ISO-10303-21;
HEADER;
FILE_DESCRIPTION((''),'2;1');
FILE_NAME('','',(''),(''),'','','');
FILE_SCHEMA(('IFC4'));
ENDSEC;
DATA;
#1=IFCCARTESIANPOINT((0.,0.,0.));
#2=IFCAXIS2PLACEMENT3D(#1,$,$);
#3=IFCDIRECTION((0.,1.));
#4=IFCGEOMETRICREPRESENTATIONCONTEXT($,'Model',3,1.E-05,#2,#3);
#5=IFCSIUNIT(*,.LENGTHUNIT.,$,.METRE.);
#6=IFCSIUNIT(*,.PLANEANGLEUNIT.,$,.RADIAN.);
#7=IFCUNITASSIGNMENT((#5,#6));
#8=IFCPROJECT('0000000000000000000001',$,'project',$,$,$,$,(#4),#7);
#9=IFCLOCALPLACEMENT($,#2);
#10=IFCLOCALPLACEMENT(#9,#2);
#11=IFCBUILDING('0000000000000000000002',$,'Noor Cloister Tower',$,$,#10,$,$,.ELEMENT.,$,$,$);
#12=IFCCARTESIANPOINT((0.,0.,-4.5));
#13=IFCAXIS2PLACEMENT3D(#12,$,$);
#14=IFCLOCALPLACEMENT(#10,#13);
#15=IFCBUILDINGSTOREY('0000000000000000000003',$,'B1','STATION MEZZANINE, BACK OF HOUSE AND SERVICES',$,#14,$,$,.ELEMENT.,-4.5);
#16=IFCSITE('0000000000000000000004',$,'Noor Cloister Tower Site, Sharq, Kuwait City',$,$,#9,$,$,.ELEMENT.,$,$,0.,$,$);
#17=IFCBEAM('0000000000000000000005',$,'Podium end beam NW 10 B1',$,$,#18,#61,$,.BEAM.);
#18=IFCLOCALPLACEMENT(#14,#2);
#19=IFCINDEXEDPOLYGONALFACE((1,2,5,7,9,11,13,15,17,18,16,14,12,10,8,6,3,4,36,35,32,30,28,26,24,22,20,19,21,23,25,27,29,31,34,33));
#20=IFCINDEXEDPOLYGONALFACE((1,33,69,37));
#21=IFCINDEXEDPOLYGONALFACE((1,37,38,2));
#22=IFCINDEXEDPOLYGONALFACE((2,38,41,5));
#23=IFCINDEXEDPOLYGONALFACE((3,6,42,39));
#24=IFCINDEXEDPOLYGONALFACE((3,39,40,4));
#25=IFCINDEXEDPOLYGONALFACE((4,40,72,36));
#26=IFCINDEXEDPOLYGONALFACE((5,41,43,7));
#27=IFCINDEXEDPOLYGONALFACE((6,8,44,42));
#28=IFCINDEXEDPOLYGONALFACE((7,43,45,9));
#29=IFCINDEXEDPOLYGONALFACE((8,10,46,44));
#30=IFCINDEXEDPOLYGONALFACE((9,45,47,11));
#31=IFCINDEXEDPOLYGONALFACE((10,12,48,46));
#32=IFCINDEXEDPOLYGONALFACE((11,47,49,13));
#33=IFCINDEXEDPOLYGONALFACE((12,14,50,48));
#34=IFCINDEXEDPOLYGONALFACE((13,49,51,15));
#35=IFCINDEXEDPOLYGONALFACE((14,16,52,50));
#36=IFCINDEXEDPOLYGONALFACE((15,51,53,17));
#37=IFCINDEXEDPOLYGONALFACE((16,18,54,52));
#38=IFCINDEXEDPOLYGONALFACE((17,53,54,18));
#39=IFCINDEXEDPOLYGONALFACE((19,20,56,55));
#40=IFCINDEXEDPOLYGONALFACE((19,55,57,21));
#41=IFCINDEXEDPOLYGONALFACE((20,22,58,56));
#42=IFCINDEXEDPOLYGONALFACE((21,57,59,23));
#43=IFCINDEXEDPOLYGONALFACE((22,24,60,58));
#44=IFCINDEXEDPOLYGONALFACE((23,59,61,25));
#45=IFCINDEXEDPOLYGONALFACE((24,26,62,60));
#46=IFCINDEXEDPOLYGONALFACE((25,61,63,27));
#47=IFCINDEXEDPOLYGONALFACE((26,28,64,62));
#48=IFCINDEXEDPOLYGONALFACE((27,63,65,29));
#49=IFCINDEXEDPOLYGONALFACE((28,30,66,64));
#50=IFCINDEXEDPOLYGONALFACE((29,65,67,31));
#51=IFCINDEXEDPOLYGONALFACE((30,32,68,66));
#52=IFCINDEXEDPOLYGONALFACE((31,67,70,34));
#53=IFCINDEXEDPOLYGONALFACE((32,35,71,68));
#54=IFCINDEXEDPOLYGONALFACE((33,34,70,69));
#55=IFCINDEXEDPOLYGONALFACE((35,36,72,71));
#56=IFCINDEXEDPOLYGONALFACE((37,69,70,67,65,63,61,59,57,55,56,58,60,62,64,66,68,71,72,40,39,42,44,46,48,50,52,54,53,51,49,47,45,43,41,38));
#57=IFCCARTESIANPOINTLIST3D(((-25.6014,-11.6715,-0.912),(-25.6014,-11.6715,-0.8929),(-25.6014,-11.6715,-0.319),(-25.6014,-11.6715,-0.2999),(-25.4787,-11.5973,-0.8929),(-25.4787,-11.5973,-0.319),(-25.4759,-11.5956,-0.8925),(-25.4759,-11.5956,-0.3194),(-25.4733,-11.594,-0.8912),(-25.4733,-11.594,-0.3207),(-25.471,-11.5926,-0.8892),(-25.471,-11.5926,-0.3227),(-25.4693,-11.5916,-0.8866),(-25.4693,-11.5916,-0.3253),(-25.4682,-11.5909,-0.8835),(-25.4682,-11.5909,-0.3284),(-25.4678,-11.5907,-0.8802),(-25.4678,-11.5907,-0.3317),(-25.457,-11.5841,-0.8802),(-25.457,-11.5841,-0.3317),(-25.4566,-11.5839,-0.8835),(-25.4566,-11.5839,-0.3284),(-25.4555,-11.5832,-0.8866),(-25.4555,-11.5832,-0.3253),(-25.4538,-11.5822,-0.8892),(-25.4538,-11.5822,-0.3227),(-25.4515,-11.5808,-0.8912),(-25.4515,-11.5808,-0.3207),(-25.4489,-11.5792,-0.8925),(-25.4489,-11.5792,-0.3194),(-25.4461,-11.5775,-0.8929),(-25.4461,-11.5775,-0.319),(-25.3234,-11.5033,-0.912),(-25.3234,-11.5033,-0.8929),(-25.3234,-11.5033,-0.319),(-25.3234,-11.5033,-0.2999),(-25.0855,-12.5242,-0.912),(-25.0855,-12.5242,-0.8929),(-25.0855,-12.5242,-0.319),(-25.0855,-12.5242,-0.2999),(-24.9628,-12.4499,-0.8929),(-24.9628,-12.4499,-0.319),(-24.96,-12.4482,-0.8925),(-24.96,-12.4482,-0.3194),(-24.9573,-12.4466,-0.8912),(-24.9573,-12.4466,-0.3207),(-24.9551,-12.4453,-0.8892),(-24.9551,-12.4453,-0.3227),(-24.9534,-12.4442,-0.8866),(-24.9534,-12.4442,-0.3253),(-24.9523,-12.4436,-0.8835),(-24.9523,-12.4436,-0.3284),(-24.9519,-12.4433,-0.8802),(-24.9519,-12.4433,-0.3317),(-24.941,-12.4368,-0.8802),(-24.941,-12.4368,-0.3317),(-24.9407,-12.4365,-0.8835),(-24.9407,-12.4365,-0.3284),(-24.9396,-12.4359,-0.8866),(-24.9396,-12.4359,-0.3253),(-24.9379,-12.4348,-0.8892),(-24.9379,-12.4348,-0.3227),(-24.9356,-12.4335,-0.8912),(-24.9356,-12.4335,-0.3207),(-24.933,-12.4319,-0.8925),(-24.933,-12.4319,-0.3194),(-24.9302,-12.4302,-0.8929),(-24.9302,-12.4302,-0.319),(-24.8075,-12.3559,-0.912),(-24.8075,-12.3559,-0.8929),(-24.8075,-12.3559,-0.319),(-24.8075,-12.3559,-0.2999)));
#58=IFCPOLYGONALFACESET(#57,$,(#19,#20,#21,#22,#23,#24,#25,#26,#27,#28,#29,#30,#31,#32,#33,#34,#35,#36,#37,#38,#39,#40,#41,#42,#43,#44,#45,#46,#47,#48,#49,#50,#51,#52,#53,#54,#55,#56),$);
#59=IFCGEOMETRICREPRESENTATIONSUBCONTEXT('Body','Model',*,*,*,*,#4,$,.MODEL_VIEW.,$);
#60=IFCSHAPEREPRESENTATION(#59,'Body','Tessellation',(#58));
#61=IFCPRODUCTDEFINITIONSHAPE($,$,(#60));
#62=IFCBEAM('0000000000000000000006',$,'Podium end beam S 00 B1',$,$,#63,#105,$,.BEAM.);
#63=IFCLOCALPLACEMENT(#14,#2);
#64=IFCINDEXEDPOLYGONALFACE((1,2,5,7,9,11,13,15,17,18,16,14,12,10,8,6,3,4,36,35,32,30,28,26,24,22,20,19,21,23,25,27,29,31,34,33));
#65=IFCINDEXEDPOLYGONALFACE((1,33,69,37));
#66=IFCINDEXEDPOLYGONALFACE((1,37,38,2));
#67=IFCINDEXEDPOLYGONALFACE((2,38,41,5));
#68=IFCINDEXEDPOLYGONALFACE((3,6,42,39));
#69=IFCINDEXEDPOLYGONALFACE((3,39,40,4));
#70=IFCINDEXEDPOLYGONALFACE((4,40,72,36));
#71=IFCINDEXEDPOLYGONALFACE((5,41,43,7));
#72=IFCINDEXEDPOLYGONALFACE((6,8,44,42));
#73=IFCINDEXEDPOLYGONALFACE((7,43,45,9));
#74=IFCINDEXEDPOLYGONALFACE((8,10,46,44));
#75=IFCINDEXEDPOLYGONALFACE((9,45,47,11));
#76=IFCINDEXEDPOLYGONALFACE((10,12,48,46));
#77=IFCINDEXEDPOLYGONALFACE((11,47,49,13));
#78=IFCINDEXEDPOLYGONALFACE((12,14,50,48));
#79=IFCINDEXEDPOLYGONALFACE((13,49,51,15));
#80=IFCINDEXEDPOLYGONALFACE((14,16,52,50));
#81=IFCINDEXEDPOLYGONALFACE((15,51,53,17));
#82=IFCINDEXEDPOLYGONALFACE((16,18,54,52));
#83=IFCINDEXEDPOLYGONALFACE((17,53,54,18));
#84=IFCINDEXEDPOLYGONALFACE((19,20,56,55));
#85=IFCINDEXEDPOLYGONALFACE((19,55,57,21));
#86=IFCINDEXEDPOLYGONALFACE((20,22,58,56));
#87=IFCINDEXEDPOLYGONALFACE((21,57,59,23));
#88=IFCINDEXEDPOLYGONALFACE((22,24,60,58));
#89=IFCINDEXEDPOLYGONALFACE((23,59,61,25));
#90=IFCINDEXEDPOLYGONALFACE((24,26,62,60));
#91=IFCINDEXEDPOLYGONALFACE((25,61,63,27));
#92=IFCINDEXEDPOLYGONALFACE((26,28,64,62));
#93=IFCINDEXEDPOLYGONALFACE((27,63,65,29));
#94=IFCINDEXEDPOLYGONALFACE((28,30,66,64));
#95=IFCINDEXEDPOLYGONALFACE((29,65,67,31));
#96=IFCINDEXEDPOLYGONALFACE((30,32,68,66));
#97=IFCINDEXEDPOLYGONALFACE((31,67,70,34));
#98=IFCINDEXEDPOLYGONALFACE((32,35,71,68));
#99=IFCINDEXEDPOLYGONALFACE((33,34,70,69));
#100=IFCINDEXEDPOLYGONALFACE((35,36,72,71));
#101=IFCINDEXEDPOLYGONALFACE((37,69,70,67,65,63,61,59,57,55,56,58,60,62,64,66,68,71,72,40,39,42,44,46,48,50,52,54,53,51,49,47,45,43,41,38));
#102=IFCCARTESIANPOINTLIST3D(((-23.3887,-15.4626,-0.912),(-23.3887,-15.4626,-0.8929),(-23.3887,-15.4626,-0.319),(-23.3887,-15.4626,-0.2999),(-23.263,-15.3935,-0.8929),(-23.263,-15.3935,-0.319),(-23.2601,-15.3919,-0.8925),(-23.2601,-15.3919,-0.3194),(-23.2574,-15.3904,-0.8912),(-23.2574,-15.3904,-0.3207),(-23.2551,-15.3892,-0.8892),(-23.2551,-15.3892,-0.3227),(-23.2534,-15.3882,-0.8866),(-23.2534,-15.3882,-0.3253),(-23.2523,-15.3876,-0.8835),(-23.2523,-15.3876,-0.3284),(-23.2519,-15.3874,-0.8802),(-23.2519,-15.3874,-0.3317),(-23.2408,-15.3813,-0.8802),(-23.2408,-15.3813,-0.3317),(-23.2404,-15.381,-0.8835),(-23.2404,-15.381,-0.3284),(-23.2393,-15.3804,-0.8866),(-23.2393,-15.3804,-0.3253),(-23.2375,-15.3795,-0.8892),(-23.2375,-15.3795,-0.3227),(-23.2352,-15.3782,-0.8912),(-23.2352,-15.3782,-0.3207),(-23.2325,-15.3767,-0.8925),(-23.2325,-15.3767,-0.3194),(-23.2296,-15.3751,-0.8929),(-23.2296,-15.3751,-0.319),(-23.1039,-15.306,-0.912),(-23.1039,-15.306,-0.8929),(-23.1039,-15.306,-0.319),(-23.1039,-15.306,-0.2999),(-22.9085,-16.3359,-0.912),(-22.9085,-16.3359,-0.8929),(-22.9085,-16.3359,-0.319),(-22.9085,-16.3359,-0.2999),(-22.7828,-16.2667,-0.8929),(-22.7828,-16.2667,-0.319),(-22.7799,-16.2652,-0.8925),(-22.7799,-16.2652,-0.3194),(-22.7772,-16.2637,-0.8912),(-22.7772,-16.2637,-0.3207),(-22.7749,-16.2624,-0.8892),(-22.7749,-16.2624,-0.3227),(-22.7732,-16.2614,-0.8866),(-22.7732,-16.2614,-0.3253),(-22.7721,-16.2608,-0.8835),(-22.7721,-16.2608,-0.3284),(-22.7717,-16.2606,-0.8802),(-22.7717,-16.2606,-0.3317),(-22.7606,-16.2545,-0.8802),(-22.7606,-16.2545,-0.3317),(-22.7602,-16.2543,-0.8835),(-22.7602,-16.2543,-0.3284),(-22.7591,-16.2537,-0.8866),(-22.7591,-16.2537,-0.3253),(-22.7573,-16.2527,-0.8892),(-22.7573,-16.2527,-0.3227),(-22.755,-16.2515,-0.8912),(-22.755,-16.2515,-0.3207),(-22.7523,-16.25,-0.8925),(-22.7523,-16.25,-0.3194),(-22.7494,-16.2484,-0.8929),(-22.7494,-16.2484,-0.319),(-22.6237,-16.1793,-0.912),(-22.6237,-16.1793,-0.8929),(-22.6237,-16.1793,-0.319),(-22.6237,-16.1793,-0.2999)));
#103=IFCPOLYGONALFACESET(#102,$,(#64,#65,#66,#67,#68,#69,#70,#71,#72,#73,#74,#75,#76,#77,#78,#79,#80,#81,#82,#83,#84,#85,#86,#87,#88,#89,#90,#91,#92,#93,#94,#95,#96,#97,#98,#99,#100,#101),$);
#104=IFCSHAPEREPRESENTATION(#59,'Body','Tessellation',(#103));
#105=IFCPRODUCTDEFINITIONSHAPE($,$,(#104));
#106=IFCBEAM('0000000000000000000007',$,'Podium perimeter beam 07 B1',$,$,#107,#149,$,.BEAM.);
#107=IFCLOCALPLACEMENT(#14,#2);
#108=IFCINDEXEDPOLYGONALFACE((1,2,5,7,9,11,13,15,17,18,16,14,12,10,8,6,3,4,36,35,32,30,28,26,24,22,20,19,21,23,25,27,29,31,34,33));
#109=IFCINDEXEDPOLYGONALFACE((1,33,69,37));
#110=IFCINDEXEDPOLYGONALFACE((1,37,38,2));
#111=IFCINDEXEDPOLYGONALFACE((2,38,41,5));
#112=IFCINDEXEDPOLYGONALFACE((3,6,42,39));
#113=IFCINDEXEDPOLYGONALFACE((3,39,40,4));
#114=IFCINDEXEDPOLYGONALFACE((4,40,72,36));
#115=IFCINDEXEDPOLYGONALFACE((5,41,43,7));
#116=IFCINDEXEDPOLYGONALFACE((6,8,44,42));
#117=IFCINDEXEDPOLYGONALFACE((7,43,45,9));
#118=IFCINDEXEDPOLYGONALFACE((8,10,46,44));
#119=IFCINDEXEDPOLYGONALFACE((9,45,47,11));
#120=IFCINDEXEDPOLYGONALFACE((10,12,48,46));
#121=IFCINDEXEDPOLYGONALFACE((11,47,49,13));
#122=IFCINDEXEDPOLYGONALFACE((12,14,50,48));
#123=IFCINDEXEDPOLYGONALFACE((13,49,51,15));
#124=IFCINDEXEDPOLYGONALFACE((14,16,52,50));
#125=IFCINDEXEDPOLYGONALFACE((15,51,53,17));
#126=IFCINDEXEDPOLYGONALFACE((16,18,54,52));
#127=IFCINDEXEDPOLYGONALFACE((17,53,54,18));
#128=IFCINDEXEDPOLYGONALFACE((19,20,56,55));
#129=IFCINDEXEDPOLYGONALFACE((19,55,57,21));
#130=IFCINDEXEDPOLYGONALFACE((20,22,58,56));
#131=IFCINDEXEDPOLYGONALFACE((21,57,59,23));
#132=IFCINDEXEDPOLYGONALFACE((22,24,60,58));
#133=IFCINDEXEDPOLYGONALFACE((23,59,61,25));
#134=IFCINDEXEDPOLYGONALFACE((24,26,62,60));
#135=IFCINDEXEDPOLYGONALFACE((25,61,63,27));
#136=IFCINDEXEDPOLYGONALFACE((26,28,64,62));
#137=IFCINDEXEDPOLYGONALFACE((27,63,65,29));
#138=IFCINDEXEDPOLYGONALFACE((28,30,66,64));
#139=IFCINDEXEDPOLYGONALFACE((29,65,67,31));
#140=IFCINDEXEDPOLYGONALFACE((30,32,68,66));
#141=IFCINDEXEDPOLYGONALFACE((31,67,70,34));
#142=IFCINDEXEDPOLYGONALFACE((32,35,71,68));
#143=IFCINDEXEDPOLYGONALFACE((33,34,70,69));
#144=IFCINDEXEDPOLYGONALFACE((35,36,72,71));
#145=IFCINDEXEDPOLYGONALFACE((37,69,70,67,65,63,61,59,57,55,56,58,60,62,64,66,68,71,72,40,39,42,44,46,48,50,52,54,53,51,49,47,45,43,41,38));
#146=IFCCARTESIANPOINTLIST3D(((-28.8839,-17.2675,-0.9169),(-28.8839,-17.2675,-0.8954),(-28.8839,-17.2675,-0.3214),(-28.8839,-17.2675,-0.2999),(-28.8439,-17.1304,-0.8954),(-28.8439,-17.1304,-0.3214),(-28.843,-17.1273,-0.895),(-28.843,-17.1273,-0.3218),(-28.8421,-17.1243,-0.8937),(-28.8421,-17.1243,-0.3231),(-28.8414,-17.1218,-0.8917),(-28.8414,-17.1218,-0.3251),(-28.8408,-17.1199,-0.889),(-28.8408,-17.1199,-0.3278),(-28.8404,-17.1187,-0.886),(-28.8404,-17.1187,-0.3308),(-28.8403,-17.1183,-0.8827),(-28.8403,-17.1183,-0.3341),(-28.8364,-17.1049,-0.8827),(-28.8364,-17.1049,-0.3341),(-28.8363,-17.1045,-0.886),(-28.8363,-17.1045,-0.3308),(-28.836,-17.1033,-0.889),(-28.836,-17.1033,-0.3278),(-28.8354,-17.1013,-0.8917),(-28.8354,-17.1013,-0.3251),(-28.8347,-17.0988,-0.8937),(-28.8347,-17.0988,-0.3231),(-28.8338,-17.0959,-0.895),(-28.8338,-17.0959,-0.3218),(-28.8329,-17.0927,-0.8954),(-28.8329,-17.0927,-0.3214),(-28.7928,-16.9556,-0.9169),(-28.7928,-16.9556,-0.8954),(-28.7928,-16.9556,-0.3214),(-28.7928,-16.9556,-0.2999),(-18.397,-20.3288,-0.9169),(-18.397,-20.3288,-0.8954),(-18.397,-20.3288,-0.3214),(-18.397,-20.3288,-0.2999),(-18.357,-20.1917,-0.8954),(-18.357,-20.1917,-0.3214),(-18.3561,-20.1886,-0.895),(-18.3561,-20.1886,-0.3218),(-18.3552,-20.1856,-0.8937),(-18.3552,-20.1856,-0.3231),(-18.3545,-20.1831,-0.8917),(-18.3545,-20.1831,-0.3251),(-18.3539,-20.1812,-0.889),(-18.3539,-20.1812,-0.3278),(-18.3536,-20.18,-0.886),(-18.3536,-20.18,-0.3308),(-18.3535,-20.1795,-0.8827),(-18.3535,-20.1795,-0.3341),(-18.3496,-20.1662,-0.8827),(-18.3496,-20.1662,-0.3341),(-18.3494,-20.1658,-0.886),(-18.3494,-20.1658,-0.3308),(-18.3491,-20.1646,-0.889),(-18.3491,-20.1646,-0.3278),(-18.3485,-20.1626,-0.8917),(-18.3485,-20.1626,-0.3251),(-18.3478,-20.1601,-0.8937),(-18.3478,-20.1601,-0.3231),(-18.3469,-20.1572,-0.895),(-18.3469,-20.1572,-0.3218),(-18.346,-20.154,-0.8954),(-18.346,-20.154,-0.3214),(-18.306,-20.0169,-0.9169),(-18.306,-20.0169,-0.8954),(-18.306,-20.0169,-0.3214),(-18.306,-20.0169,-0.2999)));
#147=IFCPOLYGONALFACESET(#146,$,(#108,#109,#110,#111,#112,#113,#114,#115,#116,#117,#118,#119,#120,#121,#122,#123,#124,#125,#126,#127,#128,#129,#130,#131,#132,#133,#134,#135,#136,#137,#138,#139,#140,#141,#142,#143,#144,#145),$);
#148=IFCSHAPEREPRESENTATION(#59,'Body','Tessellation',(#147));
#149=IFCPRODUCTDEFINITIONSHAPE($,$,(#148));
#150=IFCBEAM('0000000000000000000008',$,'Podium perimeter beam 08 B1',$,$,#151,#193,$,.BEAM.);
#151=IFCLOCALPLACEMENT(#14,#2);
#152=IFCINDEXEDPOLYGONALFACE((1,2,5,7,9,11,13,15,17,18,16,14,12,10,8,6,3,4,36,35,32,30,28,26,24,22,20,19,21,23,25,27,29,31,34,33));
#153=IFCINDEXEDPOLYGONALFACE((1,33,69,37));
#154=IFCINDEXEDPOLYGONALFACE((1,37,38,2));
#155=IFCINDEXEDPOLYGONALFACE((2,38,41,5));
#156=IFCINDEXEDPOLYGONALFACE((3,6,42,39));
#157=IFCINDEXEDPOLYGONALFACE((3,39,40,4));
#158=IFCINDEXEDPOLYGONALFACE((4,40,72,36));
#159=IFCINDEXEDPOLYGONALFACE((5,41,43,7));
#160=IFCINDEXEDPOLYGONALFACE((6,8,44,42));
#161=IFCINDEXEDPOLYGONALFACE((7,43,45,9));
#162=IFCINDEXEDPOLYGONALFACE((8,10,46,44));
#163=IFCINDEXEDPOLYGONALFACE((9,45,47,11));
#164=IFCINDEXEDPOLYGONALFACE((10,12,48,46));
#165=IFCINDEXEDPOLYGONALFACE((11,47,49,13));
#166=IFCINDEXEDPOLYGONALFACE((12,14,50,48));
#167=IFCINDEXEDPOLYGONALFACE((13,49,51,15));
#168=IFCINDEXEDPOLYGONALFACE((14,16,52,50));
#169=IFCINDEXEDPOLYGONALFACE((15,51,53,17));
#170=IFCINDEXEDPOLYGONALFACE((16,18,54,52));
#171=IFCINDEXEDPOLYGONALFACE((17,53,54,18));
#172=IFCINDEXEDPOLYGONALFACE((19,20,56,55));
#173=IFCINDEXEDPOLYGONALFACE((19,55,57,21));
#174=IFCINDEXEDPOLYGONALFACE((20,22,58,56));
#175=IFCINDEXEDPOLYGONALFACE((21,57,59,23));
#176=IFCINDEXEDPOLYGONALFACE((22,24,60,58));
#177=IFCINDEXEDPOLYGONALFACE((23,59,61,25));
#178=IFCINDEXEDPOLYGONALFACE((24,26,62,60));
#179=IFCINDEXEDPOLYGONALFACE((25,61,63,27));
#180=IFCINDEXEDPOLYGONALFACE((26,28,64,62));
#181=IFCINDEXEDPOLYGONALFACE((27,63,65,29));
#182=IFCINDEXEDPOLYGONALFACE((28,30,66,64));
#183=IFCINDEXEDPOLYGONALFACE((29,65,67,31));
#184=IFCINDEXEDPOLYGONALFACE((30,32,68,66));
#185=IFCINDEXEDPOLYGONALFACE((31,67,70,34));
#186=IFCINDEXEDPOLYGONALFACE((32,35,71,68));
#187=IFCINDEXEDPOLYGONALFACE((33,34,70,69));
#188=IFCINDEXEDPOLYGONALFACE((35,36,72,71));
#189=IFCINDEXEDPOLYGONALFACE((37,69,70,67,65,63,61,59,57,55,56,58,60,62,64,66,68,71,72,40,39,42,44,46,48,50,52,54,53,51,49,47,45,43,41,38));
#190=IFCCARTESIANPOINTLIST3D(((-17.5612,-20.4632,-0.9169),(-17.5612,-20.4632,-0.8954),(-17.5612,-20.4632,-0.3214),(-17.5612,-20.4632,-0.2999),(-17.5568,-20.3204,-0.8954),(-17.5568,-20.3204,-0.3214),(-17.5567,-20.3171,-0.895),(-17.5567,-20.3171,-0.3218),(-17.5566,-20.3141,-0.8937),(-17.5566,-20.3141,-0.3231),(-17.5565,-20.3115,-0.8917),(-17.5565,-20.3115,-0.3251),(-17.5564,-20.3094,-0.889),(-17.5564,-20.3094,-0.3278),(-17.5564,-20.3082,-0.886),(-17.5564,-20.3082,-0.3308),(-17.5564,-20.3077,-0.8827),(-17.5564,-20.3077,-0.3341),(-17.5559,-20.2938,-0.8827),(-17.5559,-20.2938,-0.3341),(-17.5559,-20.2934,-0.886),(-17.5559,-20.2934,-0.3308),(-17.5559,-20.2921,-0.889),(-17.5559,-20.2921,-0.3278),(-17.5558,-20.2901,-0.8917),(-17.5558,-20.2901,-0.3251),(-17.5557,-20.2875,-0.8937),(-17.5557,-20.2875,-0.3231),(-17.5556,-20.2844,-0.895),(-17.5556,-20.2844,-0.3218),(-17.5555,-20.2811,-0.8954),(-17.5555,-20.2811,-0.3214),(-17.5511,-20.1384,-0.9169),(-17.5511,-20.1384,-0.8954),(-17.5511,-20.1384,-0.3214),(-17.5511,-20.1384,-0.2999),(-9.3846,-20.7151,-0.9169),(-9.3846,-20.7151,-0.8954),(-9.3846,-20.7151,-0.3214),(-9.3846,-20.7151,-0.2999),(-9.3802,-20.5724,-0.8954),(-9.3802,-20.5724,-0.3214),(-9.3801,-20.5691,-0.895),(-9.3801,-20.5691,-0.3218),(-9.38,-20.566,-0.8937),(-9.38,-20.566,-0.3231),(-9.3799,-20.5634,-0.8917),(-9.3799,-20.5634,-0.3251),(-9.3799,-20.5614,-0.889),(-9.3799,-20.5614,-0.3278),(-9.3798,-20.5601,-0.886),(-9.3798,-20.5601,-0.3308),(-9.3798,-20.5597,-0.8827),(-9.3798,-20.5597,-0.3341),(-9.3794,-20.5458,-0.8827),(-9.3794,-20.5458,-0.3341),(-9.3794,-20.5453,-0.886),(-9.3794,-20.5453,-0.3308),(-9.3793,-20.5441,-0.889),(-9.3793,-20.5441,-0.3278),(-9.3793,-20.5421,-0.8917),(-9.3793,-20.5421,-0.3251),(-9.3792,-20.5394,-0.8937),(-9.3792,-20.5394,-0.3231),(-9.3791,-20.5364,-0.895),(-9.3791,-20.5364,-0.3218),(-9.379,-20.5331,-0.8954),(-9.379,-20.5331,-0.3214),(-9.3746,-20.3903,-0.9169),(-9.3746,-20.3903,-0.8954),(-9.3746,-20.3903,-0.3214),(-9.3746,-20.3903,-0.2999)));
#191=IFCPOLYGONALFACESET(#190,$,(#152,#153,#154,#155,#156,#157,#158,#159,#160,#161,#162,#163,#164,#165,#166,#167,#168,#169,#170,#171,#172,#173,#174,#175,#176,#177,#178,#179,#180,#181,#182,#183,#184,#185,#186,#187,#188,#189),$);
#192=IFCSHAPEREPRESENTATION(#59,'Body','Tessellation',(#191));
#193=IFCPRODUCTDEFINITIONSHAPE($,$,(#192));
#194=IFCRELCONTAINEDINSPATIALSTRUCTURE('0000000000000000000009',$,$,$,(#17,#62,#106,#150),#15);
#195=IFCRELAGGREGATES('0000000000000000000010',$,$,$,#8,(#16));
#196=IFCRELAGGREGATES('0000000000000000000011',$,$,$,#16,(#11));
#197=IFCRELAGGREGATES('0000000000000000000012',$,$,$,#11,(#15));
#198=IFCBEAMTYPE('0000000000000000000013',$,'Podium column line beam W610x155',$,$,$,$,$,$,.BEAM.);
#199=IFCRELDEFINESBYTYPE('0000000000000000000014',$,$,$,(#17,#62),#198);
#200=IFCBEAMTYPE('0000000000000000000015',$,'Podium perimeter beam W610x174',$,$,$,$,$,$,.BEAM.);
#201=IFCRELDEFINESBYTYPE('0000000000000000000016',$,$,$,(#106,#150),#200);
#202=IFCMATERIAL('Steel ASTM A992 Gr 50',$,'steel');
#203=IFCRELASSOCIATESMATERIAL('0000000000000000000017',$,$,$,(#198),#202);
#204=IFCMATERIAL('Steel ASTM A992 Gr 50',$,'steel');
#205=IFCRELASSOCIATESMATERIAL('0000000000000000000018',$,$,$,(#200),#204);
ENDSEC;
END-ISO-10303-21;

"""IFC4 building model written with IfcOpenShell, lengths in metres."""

from ifc_helpers import new_model, si_unit, direction, frame, origin, origin_2d, place, context, subcontext, project, spatial, i_section, extrude, material, material_profile, profile_set, type_object, element, save


model = new_model("IFC4")

# Units and contexts
model_context = context("Model", 3, precision=1e-05, world=origin(), true_north=direction((0.0, 1.0)))
body_context = subcontext(model_context, "Body", "Model", "MODEL_VIEW")
ifc_project = project(units=[si_unit("LENGTHUNIT", "METRE"), si_unit("PLANEANGLEUNIT", "RADIAN")], contexts=[model_context])

# Site, building, storey
site_placement = place(None, origin())
site = spatial("IfcSite", under=ifc_project, at=site_placement, Name="Noor Cloister Tower Site, Sharq, Kuwait City", CompositionType="ELEMENT", RefElevation=0.0)
building_placement = place(site_placement, origin())
building = spatial("IfcBuilding", under=site, at=building_placement, Name="Noor Cloister Tower", CompositionType="ELEMENT")
storey_placement = place(building_placement, frame((0.0, 0.0, -4.5)))
storey = spatial("IfcBuildingStorey", under=building, at=storey_placement, Name="B1", Description="STATION MEZZANINE, BACK OF HOUSE AND SERVICES", CompositionType="ELEMENT", Elevation=-4.5)

# Beams
ifc_material_1 = material(Name="Steel ASTM A992 Gr 50", Category="steel")
ifc_material_profile_1 = material_profile(ifc_material_1, i_section(OverallWidth=0.325, OverallDepth=0.6121, WebThickness=0.0127, FlangeThickness=0.019, FilletRadius=0.0127, at=origin_2d()), Name="W610x155")
ifc_profile_set_1 = profile_set([ifc_material_profile_1], Name="Steel ASTM A992 Gr 50")
beam_type_1 = type_object("IfcBeamType", Name="Podium column line beam W610x155", PredefinedType="BEAM", material=ifc_profile_set_1)
for number, where, z_axis, x_axis, name in (
    (1, (-25.4624, -11.5874, -0.606), (0.517699, -0.855563, 0.0), (0.855563, 0.517699, 0.0), "Podium end beam NW 10 B1"),
    (2, (-22.7661, -16.2576, -0.606), (-0.481853, 0.876252, 0.0), (-0.876252, -0.481853, 0.0), "Podium end beam S 00 B1"),
):
    element("IfcBeam", number, at=place(storey_placement, frame(where, z_axis=z_axis, x_axis=x_axis)), inside=storey, type_object=beam_type_1, Name=name, PredefinedType="BEAM", context=body_context, shape_type="SweptSolid", body=[
        extrude(i_section(OverallWidth=0.325, OverallDepth=0.6121, WebThickness=0.0127, FlangeThickness=0.019, FilletRadius=0.0127, at=origin_2d()), origin(), (0.0, 0.0, 1.0), 0.9966),
    ])
ifc_material_2 = material(Name="Steel ASTM A992 Gr 50", Category="steel")
ifc_material_profile_2 = material_profile(ifc_material_2, i_section(OverallWidth=0.325, OverallDepth=0.6169, WebThickness=0.0139, FlangeThickness=0.0215, FilletRadius=0.0127, at=origin_2d()), Name="W610x174")
ifc_profile_set_2 = profile_set([ifc_material_profile_2], Name="Steel ASTM A992 Gr 50")
beam_type_2 = type_object("IfcBeamType", Name="Podium perimeter beam W610x174", PredefinedType="BEAM", material=ifc_profile_set_2)
beam_1_placement = place(storey_placement, frame((-28.8384, -17.1116, -0.6084), z_axis=(0.959935, -0.280221, 0.0), x_axis=(0.280221, 0.959935, 0.0)))
element("IfcBeam", 3, at=beam_1_placement, inside=storey, type_object=beam_type_2, Name="Podium perimeter beam 07 B1", PredefinedType="BEAM", context=body_context, shape_type="SweptSolid", body=[
    extrude(i_section(OverallWidth=0.325, OverallDepth=0.6169, WebThickness=0.0139, FlangeThickness=0.0215, FilletRadius=0.0127, at=origin_2d()), origin(), (0.0, 0.0, 1.0), 10.9246),
])
beam_2_placement = place(storey_placement, frame((-17.5562, -20.3008, -0.6084), z_axis=(0.999526, -0.0308, 0.0), x_axis=(0.0308, 0.999526, 0.0)))
element("IfcBeam", 4, at=beam_2_placement, inside=storey, type_object=beam_type_2, Name="Podium perimeter beam 08 B1", PredefinedType="BEAM", context=body_context, shape_type="SweptSolid", body=[
    extrude(i_section(OverallWidth=0.325, OverallDepth=0.6169, WebThickness=0.0139, FlangeThickness=0.0215, FilletRadius=0.0127, at=origin_2d()), origin(), (0.0, 0.0, 1.0), 8.1804),
])

save(model, "model.ifc")
